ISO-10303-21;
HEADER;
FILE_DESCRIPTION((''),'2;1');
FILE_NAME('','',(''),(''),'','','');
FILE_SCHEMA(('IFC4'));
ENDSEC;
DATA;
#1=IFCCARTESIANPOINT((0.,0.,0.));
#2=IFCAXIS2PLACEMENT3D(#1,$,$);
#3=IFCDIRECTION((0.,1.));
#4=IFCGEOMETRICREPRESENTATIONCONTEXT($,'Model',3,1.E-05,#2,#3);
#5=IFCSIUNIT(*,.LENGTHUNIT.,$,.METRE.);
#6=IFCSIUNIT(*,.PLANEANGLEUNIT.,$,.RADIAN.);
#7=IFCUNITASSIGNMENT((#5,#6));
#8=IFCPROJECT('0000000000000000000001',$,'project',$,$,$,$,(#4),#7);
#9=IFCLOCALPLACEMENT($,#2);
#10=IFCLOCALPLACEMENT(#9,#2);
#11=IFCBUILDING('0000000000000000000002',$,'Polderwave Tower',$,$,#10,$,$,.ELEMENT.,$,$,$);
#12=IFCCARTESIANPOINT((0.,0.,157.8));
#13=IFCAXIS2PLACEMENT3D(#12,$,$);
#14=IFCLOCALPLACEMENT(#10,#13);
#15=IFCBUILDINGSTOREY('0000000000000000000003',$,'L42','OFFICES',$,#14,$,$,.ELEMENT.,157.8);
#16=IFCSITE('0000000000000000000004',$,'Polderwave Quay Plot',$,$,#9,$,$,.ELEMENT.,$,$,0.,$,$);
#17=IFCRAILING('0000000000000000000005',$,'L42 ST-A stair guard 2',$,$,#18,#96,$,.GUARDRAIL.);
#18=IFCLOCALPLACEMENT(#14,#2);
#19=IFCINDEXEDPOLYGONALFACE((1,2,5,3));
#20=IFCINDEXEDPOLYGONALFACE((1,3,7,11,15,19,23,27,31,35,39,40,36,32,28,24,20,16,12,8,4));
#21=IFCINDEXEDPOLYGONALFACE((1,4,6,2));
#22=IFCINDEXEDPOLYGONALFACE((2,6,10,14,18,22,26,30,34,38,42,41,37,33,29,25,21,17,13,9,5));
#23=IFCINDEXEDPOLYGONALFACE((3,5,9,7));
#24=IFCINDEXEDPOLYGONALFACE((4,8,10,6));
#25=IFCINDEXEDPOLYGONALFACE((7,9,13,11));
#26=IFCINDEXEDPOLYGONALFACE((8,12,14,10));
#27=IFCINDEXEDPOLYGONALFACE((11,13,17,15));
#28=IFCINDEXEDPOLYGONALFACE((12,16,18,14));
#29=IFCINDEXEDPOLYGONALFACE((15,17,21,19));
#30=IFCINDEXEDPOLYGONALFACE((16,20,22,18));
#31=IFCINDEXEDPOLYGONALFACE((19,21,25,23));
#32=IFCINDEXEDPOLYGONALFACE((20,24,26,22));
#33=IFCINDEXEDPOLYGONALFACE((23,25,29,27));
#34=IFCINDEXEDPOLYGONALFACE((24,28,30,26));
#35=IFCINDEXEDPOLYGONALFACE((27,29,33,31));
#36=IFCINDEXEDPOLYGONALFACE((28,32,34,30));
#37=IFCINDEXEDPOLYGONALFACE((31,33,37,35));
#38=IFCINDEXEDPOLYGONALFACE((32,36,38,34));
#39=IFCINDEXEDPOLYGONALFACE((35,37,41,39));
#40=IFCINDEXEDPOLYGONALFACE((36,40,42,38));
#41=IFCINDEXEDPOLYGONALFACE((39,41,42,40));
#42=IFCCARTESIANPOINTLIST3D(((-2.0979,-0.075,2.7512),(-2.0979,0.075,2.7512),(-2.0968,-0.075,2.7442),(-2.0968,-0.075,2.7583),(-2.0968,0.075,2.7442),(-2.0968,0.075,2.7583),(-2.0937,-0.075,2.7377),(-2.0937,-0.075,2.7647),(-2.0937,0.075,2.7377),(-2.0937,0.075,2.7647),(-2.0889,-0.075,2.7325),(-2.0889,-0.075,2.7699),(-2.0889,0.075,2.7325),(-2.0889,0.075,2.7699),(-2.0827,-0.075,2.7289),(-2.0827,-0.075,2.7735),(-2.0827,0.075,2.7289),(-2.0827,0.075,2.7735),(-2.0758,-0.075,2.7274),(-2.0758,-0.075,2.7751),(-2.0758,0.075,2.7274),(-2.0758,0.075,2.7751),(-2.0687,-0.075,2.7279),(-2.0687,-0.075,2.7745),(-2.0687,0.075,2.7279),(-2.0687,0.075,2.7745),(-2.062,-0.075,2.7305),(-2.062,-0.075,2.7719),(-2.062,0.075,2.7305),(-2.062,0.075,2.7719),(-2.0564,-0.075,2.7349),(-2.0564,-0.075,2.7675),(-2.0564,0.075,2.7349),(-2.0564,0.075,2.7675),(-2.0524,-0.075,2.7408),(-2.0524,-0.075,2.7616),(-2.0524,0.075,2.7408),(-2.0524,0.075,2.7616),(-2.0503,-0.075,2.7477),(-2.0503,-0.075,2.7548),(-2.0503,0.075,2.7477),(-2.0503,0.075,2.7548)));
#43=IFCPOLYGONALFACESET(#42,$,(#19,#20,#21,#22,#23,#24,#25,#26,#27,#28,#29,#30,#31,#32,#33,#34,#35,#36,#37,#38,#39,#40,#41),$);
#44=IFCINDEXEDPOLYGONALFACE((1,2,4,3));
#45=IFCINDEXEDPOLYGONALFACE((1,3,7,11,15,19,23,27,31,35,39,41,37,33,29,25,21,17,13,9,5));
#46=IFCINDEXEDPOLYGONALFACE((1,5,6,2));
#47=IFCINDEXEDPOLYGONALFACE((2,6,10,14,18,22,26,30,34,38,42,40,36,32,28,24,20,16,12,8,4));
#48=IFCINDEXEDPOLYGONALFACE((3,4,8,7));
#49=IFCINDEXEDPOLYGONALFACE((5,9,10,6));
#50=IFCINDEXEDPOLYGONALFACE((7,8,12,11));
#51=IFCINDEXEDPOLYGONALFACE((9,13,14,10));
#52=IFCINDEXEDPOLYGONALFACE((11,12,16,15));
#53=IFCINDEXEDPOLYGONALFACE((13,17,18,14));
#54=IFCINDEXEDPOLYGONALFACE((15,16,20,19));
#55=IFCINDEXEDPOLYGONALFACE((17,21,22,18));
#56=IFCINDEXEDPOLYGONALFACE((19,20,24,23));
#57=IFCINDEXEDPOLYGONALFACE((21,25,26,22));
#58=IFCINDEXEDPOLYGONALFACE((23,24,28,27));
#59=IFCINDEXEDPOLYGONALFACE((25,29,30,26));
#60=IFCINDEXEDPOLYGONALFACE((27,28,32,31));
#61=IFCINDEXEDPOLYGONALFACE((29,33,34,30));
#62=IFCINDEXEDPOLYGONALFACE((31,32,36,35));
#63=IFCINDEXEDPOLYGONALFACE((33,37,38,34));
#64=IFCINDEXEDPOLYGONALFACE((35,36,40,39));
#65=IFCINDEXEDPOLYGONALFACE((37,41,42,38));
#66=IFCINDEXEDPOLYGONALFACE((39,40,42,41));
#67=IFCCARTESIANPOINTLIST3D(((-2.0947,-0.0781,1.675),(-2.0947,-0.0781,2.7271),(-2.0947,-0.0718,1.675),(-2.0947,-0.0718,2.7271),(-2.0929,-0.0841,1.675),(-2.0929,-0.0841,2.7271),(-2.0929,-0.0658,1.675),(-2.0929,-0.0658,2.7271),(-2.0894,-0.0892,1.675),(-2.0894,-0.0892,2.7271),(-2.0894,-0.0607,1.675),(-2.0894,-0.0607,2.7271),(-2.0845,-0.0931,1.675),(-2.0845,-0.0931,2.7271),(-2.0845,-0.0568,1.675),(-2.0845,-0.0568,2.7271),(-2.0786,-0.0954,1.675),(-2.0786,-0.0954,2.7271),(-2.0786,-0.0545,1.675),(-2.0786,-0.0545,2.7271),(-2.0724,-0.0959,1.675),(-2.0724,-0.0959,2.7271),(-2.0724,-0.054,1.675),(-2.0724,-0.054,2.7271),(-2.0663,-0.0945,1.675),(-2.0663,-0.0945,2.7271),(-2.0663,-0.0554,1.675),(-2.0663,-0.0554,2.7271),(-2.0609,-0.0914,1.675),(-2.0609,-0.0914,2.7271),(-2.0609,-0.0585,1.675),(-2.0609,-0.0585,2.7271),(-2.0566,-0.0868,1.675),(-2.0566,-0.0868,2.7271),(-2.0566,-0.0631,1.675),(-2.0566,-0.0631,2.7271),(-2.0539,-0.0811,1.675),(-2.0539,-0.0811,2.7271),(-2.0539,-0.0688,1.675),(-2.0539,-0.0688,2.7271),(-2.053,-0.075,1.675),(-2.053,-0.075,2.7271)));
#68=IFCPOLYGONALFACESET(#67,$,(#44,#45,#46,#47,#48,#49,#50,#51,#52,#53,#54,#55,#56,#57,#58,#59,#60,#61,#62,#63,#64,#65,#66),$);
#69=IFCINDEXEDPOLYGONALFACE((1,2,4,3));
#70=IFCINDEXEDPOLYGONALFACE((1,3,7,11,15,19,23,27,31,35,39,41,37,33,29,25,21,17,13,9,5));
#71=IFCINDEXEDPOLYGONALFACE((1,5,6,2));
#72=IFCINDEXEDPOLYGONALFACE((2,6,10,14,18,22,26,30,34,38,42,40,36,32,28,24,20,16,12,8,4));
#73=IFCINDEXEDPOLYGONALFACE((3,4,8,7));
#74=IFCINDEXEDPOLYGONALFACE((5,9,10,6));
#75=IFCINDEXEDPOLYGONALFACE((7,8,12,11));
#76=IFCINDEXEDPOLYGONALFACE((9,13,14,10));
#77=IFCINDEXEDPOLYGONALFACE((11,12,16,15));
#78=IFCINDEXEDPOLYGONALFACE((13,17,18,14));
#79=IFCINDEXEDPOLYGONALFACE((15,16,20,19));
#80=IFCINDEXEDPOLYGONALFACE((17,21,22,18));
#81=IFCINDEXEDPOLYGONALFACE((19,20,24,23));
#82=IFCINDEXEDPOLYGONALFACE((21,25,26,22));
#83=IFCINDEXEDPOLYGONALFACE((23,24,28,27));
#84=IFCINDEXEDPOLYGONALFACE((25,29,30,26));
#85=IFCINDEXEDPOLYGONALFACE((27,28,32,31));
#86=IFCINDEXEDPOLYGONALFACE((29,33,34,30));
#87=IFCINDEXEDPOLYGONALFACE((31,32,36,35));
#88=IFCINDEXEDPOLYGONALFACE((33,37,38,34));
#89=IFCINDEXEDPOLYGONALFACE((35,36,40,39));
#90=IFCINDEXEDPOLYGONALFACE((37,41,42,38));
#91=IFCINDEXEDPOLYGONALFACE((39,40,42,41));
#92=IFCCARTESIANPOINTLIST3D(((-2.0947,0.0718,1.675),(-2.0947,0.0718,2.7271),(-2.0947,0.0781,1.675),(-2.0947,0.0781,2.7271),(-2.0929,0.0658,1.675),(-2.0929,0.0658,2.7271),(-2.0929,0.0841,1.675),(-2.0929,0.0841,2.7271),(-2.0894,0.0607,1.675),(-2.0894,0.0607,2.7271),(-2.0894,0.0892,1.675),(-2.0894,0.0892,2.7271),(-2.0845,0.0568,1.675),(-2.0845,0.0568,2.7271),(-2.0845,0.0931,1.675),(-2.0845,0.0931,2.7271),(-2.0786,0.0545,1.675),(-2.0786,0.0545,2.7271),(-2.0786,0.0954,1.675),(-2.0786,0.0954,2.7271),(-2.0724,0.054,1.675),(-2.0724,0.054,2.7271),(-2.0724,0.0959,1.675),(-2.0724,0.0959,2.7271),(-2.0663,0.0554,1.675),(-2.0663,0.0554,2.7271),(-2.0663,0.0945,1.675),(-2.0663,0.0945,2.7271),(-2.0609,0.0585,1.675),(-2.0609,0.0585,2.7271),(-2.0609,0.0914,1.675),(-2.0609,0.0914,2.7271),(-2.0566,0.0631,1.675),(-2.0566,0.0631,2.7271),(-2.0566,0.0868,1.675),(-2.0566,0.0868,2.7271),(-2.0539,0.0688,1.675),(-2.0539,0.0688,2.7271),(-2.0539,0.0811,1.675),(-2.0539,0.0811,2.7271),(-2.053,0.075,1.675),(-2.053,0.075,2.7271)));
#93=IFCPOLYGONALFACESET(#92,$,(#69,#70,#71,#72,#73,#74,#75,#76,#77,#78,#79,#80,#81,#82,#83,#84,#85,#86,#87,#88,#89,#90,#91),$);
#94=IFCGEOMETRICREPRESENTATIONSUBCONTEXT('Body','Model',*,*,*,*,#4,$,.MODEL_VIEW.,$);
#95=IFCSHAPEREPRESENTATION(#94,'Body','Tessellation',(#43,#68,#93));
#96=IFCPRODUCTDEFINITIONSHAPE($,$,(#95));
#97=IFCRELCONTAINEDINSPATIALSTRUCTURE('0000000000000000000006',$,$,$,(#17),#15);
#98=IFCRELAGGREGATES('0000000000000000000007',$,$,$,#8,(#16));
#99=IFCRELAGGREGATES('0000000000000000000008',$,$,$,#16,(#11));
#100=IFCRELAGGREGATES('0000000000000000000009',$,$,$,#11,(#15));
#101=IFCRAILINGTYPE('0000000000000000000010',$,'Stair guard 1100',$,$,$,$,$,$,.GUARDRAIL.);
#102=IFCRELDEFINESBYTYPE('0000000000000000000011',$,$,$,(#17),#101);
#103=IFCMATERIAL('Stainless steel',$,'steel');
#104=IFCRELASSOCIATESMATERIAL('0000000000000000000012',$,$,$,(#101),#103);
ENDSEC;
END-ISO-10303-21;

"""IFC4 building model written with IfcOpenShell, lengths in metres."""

from ifc_helpers import new_model, si_unit, direction, frame, origin, origin_2d, place, context, subcontext, project, spatial, circle, extrude, material, type_object, element, save


model = new_model("IFC4")

# Units and contexts
model_context = context("Model", 3, precision=1e-05, world=origin(), true_north=direction((0.0, 1.0)))
body_context = subcontext(model_context, "Body", "Model", "MODEL_VIEW")
ifc_project = project(units=[si_unit("LENGTHUNIT", "METRE"), si_unit("PLANEANGLEUNIT", "RADIAN")], contexts=[model_context])

# Site, building, storey
site_placement = place(None, origin())
site = spatial("IfcSite", under=ifc_project, at=site_placement, Name="Polderwave Quay Plot", CompositionType="ELEMENT", RefElevation=0.0)
building_placement = place(site_placement, origin())
building = spatial("IfcBuilding", under=site, at=building_placement, Name="Polderwave Tower", CompositionType="ELEMENT")
storey_placement = place(building_placement, frame((0.0, 0.0, 157.8)))
storey = spatial("IfcBuildingStorey", under=building, at=storey_placement, Name="L42", Description="OFFICES", CompositionType="ELEMENT", Elevation=157.8)

# Railing
ifc_material_1 = material(Name="Stainless steel", Category="steel")
railing_type = type_object("IfcRailingType", Name="Stair guard 1100", PredefinedType="GUARDRAIL", material=ifc_material_1)
railing_1_placement = place(storey_placement, frame((-2.074, -0.075, 1.675)))
element("IfcRailing", 1, at=railing_1_placement, inside=storey, type_object=railing_type, Name="L42 ST-A stair guard 2", PredefinedType="GUARDRAIL", context=body_context, shape_type="SweptSolid", body=[
    extrude(circle(Radius=0.0239, at=origin_2d()), frame((0.0, 0.0, 1.0762), z_axis=(0.0, 1.0, 0.0), x_axis=(-1.0, 0.0, 0.0)), (0.0, 0.0, 1.0), 0.1499),
    extrude(circle(Radius=0.021, at=origin_2d()), origin(), (0.0, 0.0, 1.0), 1.052),
    extrude(circle(Radius=0.021, at=origin_2d()), frame((0.0, 0.1499, 0.0)), (0.0, 0.0, 1.0), 1.052),
])

save(model, "model.ifc")
